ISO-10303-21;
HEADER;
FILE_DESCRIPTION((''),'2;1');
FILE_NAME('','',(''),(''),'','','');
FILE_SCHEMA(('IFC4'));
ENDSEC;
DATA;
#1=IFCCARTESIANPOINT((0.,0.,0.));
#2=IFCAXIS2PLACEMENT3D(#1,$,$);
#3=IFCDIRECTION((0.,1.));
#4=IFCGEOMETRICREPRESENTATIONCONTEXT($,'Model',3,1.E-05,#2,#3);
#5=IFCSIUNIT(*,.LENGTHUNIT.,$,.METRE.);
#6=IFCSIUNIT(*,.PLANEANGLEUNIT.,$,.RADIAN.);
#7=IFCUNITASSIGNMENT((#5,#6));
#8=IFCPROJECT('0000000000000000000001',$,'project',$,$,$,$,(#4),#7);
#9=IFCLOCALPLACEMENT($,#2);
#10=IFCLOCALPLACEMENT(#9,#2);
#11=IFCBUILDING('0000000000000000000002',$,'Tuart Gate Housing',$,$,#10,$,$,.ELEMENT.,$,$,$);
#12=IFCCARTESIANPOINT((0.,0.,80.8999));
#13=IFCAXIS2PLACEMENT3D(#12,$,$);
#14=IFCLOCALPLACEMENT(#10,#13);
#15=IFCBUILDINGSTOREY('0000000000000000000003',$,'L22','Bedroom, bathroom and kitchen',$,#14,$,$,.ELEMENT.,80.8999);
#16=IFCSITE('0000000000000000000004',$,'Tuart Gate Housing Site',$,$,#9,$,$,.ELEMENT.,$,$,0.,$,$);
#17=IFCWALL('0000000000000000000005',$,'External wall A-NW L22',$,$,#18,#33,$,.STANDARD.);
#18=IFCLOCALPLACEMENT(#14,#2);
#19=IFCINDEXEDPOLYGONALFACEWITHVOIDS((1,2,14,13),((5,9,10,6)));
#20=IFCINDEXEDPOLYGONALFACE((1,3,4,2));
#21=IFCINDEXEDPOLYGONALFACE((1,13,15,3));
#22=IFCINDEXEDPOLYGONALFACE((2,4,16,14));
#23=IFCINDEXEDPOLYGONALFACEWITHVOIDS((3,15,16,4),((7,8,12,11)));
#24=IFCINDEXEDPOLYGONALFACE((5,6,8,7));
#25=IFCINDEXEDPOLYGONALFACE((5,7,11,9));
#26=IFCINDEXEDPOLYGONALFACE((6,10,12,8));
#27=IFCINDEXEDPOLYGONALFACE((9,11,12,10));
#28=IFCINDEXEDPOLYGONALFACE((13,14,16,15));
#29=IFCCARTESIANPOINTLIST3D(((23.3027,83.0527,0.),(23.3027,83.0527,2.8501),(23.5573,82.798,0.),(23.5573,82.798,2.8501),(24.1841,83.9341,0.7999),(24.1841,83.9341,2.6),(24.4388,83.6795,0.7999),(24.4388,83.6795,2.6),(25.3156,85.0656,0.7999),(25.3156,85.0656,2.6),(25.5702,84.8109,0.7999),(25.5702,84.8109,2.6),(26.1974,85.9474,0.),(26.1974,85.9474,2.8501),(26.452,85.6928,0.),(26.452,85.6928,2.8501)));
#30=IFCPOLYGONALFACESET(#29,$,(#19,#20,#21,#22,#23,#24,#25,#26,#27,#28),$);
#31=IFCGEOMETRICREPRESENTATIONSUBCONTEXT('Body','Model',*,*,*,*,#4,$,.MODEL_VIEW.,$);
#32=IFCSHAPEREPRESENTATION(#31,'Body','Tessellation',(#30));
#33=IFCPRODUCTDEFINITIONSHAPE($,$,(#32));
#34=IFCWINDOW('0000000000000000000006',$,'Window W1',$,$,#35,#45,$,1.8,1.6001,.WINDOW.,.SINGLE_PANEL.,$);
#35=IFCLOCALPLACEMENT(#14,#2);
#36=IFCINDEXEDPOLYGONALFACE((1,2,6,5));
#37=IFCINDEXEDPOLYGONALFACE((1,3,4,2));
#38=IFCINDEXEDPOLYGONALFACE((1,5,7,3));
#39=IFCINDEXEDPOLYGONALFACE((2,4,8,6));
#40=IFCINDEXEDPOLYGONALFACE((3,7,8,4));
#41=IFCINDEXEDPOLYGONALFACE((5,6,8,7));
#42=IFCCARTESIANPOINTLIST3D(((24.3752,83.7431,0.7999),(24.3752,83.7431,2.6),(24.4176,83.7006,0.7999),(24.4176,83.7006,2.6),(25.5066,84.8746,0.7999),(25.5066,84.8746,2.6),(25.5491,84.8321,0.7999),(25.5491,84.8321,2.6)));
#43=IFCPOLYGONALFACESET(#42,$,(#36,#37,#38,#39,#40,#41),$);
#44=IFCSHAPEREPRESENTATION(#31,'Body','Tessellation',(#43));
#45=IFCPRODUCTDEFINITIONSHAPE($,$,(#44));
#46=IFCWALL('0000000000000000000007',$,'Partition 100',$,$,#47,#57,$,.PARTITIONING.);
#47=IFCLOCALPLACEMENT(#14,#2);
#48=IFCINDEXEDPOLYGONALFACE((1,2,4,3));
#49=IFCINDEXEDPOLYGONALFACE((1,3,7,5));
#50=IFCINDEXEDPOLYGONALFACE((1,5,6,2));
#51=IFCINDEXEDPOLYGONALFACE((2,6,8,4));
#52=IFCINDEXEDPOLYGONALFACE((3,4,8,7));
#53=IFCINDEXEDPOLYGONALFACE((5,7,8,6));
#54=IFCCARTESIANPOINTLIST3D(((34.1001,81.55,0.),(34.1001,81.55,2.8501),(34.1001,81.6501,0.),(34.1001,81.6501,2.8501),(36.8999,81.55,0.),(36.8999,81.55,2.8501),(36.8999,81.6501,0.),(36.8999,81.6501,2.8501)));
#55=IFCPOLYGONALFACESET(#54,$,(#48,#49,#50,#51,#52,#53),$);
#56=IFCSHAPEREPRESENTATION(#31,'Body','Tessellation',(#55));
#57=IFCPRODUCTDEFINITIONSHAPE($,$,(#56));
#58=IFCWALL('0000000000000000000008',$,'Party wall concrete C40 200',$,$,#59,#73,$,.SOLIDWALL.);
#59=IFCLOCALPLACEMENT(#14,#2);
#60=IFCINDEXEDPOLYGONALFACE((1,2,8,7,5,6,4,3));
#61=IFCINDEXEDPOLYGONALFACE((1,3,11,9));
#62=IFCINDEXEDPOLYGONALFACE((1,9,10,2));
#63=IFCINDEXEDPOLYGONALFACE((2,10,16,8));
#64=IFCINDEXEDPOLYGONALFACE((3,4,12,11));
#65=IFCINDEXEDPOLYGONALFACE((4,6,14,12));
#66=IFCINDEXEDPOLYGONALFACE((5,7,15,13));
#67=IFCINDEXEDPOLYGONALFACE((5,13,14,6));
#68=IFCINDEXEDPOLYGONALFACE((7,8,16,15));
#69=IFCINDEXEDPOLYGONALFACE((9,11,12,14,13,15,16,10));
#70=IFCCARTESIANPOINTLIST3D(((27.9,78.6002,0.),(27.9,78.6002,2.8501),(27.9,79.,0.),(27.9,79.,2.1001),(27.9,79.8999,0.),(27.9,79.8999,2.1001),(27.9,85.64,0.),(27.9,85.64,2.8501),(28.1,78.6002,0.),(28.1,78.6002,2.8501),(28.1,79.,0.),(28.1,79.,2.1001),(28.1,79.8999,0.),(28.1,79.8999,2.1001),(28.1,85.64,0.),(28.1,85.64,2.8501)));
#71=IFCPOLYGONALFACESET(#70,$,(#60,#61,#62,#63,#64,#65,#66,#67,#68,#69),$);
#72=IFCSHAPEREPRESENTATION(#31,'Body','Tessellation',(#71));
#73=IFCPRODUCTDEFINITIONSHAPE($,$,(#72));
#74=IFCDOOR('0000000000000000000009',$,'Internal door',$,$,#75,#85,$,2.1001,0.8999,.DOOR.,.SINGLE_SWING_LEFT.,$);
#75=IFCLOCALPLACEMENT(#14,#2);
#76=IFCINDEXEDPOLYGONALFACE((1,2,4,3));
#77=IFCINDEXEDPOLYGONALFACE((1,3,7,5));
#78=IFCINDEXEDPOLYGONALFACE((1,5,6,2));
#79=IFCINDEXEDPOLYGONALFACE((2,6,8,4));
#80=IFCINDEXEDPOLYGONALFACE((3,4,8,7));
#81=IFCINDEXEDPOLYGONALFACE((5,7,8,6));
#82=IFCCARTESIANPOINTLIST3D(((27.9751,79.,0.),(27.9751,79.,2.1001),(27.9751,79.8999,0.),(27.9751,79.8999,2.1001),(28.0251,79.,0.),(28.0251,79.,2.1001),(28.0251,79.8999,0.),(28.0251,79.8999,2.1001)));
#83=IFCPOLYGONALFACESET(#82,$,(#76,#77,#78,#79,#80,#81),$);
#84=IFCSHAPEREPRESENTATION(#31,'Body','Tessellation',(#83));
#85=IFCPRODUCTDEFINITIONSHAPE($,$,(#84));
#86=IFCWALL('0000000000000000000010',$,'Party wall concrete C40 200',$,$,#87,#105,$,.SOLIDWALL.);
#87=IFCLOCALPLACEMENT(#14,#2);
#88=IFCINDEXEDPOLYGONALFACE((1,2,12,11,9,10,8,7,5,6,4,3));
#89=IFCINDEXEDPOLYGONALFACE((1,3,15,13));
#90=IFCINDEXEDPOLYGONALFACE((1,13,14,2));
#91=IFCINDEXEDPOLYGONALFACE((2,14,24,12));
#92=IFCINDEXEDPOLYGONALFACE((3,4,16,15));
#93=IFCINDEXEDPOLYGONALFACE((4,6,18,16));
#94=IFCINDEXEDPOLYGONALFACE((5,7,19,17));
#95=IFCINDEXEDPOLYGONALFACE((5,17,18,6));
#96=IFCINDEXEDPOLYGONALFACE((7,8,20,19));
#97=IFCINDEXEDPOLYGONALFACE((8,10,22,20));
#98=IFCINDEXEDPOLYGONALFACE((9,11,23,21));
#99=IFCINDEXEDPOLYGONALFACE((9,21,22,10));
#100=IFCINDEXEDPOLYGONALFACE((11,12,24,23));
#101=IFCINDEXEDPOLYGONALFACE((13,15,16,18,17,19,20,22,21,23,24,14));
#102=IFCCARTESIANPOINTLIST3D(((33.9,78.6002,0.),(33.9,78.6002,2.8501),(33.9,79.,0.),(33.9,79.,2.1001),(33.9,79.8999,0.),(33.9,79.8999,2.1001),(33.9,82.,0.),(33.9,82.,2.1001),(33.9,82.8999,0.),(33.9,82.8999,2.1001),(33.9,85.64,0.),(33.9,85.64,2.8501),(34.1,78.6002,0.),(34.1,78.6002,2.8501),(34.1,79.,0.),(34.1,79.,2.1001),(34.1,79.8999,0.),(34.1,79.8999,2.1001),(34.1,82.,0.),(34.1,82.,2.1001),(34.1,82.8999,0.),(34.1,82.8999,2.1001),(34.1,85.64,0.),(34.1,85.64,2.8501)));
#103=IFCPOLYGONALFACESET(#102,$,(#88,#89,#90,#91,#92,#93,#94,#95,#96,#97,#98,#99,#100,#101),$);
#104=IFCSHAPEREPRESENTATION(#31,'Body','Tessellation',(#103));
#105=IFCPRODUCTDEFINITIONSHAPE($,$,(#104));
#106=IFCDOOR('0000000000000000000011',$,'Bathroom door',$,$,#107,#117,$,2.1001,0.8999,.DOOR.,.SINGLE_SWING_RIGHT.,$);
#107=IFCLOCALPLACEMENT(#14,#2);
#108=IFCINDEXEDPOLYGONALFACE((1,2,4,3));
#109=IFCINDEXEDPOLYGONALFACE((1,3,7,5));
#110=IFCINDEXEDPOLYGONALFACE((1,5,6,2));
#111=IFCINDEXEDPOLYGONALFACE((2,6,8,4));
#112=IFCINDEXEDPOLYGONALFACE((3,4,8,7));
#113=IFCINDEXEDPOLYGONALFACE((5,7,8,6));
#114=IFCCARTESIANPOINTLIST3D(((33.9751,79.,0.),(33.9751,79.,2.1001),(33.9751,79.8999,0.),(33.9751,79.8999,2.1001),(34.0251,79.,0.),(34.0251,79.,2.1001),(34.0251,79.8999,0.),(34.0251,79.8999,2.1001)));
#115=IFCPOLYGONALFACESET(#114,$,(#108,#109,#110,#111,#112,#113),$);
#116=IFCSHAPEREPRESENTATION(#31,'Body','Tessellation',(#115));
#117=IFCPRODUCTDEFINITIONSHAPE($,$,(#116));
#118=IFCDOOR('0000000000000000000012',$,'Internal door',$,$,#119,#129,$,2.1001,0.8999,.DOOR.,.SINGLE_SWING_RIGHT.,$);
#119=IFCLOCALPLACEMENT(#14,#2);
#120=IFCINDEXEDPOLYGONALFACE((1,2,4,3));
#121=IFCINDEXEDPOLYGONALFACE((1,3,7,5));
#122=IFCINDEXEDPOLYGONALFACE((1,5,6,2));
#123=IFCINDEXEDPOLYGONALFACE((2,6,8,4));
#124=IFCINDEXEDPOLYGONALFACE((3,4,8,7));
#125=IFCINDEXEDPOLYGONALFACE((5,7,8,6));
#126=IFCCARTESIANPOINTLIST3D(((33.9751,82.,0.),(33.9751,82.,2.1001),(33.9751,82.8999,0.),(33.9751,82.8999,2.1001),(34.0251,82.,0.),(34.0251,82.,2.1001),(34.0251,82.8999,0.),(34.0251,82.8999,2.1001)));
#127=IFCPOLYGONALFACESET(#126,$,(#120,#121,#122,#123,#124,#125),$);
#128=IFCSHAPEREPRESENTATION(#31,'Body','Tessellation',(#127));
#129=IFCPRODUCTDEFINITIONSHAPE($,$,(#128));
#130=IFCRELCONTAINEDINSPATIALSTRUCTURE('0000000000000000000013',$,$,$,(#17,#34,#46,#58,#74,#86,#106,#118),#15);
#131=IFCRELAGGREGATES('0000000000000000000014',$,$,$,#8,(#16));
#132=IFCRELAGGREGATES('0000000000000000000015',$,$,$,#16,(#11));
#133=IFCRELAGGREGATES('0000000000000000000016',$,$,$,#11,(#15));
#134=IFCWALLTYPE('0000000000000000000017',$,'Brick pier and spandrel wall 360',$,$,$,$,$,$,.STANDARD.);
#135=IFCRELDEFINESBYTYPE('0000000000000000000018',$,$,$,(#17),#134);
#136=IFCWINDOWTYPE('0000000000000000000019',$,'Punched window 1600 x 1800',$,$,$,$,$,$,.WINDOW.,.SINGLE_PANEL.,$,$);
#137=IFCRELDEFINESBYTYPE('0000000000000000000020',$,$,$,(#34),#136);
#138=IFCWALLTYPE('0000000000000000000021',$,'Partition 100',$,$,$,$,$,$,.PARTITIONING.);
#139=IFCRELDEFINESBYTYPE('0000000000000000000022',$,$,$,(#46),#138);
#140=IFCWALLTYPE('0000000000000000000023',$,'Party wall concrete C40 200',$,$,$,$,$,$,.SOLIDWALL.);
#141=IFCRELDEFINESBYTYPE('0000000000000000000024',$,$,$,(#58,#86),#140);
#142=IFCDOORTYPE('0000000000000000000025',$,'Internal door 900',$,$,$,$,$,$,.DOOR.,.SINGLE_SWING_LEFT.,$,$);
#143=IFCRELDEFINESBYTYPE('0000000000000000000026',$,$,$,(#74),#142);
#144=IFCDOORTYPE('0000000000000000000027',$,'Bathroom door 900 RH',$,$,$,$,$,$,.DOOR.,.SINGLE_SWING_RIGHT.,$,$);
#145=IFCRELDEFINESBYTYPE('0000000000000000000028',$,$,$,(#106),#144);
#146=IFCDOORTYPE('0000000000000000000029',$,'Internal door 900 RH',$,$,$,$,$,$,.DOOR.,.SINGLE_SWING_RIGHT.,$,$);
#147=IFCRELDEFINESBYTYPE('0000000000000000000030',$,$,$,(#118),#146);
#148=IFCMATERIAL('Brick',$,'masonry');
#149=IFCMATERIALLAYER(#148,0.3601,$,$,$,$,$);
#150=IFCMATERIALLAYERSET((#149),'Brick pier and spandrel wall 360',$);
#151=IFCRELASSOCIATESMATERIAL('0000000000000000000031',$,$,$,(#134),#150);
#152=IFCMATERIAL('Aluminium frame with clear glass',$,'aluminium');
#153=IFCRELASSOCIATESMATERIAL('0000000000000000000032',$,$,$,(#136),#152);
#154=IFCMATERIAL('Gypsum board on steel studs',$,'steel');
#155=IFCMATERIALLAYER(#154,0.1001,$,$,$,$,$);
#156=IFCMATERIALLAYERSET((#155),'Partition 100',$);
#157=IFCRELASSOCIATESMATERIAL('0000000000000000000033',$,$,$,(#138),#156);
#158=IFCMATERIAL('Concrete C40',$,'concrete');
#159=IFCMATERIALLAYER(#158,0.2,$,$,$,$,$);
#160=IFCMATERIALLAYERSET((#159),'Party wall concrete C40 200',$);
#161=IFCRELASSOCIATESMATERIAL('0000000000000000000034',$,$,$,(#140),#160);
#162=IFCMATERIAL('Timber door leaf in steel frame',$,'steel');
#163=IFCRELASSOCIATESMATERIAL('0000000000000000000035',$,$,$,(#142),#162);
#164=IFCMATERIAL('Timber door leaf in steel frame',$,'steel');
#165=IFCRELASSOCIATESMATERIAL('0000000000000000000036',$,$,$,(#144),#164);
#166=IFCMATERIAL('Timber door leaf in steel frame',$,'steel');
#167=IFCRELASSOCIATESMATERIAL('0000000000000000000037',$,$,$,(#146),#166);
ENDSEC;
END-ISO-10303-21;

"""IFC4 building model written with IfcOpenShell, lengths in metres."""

from ifc_helpers import new_model, si_unit, direction, frame, frame_2d, origin, place, context, subcontext, project, spatial, rectangle, extrude, material, layer, layer_set, type_object, element, fill, save


model = new_model("IFC4")

# Units and contexts
model_context = context("Model", 3, precision=1e-05, world=origin(), true_north=direction((0.0, 1.0)))
body_context = subcontext(model_context, "Body", "Model", "MODEL_VIEW")
ifc_project = project(units=[si_unit("LENGTHUNIT", "METRE"), si_unit("PLANEANGLEUNIT", "RADIAN")], contexts=[model_context])

# Site, building, storey
site_placement = place(None, origin())
site = spatial("IfcSite", under=ifc_project, at=site_placement, Name="Tuart Gate Housing Site", CompositionType="ELEMENT", RefElevation=0.0)
building_placement = place(site_placement, origin())
building = spatial("IfcBuilding", under=site, at=building_placement, Name="Tuart Gate Housing", CompositionType="ELEMENT")
storey_placement = place(building_placement, frame((0.0, 0.0, 80.8999)))
storey = spatial("IfcBuildingStorey", under=building, at=storey_placement, Name="L22", Description="Bedroom, bathroom and kitchen", CompositionType="ELEMENT", Elevation=80.8999)

# Wall, opening, window
ifc_material_1 = material(Name="Brick", Category="masonry")
ifc_layer_1 = layer(ifc_material_1, 0.3601)
ifc_layer_set_1 = layer_set([ifc_layer_1], Name="Brick pier and spandrel wall 360")
wall_type_1 = type_object("IfcWallType", Name="Brick pier and spandrel wall 360", PredefinedType="STANDARD", material=ifc_layer_set_1)
wall_1_placement = place(storey_placement, frame((26.3247, 85.8201, 0.0), z_axis=(0.0, 0.0, 1.0), x_axis=(-0.707107, -0.707107, 0.0)))
wall_1 = element("IfcWall", 1, at=wall_1_placement, inside=storey, type_object=wall_type_1, Name="External wall A-NW L22", PredefinedType="STANDARD", context=body_context, shape_type="SweptSolid", body=[
    extrude(rectangle(XDim=4.0938, YDim=0.3601, at=frame_2d((2.0469, 0.0))), origin(), (0.0, 0.0, 1.0), 2.8501),
])
opening_1_placement = place(wall_1_placement, frame((1.2471, 0.0, 0.8)))
opening_1 = element("IfcOpeningElement", 2, at=opening_1_placement, cuts=wall_1, PredefinedType="OPENING", context=body_context, shape_type="SweptSolid", body=[
    extrude(rectangle(XDim=1.6001, YDim=1.8, at=frame_2d((0.8, 0.8999))), frame((0.0, 0.1899, 0.0), z_axis=(0.0, -1.0, 0.0), x_axis=(1.0, 0.0, 0.0)), (0.0, 0.0, 1.0), 0.3801),
])
ifc_material_2 = material(Name="Aluminium frame with clear glass", Category="aluminium")
window_type = type_object("IfcWindowType", Name="Punched window 1600 x 1800", PartitioningType="SINGLE_PANEL", PredefinedType="WINDOW", material=ifc_material_2)
window_placement = place(opening_1_placement, origin())
window = element("IfcWindow", 3, at=window_placement, inside=storey, type_object=window_type, Name="Window W1", OverallHeight=1.8, OverallWidth=1.6001, PartitioningType="SINGLE_PANEL", PredefinedType="WINDOW", context=body_context, shape_type="SweptSolid", body=[
    extrude(rectangle(XDim=1.6001, YDim=1.8, at=frame_2d((0.8, 0.8999))), frame((0.0, 0.1501, 0.0), z_axis=(0.0, -1.0, 0.0), x_axis=(1.0, 0.0, 0.0)), (0.0, 0.0, 1.0), 0.0601),
])
fill(opening_1, window)

# Wall
ifc_material_3 = material(Name="Gypsum board on steel studs", Category="steel")
ifc_layer_2 = layer(ifc_material_3, 0.1001)
ifc_layer_set_2 = layer_set([ifc_layer_2], Name="Partition 100")
wall_type_2 = type_object("IfcWallType", Name="Partition 100", PredefinedType="PARTITIONING", material=ifc_layer_set_2)
wall_2_placement = place(storey_placement, frame((34.1001, 81.6001, 0.0), z_axis=(0.0, 0.0, 1.0), x_axis=(1.0, 0.0, 0.0)))
element("IfcWall", 4, at=wall_2_placement, inside=storey, type_object=wall_type_2, Name="Partition 100", PredefinedType="PARTITIONING", context=body_context, shape_type="SweptSolid", body=[
    extrude(rectangle(XDim=2.7998, YDim=0.1001, at=frame_2d((1.3999, 0.0))), origin(), (0.0, 0.0, 1.0), 2.8501),
])

# Wall, opening, door
ifc_material_4 = material(Name="Concrete C40", Category="concrete")
ifc_layer_3 = layer(ifc_material_4, 0.2)
ifc_layer_set_3 = layer_set([ifc_layer_3], Name="Party wall concrete C40 200")
wall_type_3 = type_object("IfcWallType", Name="Party wall concrete C40 200", PredefinedType="SOLIDWALL", material=ifc_layer_set_3)
wall_3_placement = place(storey_placement, frame((28.0, 78.6001, 0.0), z_axis=(0.0, 0.0, 1.0), x_axis=(0.0, 1.0, 0.0)))
wall_3 = element("IfcWall", 5, at=wall_3_placement, inside=storey, type_object=wall_type_3, Name="Party wall concrete C40 200", PredefinedType="SOLIDWALL", context=body_context, shape_type="SweptSolid", body=[
    extrude(rectangle(XDim=7.0398, YDim=0.2, at=frame_2d((3.52, 0.0))), origin(), (0.0, 0.0, 1.0), 2.8501),
])
opening_2_placement = place(wall_3_placement, frame((0.3999, 0.0, 0.0)))
opening_2 = element("IfcOpeningElement", 6, at=opening_2_placement, cuts=wall_3, PredefinedType="OPENING", context=body_context, shape_type="SweptSolid", body=[
    extrude(rectangle(XDim=0.8999, YDim=2.1001, at=frame_2d((0.45, 1.05))), frame((0.0, 0.1099, 0.0), z_axis=(0.0, -1.0, 0.0), x_axis=(1.0, 0.0, 0.0)), (0.0, 0.0, 1.0), 0.22),
])
ifc_material_5 = material(Name="Timber door leaf in steel frame", Category="steel")
door_type_1 = type_object("IfcDoorType", Name="Internal door 900", OperationType="SINGLE_SWING_LEFT", PredefinedType="DOOR", material=ifc_material_5)
door_1_placement = place(opening_2_placement, origin())
door_1 = element("IfcDoor", 7, at=door_1_placement, inside=storey, type_object=door_type_1, Name="Internal door", OperationType="SINGLE_SWING_LEFT", OverallHeight=2.1001, OverallWidth=0.8999, PredefinedType="DOOR", context=body_context, shape_type="SweptSolid", body=[
    extrude(rectangle(XDim=0.8999, YDim=2.1001, at=frame_2d((0.45, 1.05))), frame((0.0, 0.0249, 0.0), z_axis=(0.0, -1.0, 0.0), x_axis=(1.0, 0.0, 0.0)), (0.0, 0.0, 1.0), 0.05),
])
fill(opening_2, door_1)

# Wall, openings, doors
wall_4_placement = place(storey_placement, frame((34.0, 78.6001, 0.0), z_axis=(0.0, 0.0, 1.0), x_axis=(0.0, 1.0, 0.0)))
wall_4 = element("IfcWall", 8, at=wall_4_placement, inside=storey, type_object=wall_type_3, Name="Party wall concrete C40 200", PredefinedType="SOLIDWALL", context=body_context, shape_type="SweptSolid", body=[
    extrude(rectangle(XDim=7.0398, YDim=0.2, at=frame_2d((3.52, 0.0))), origin(), (0.0, 0.0, 1.0), 2.8501),
])
opening_3_placement = place(wall_4_placement, frame((3.3999, 0.0, 0.0)))
opening_3 = element("IfcOpeningElement", 9, at=opening_3_placement, cuts=wall_4, PredefinedType="OPENING", context=body_context, shape_type="SweptSolid", body=[
    extrude(rectangle(XDim=0.8999, YDim=2.1001, at=frame_2d((0.45, 1.05))), frame((0.0, 0.1099, 0.0), z_axis=(0.0, -1.0, 0.0), x_axis=(1.0, 0.0, 0.0)), (0.0, 0.0, 1.0), 0.22),
])
opening_4_placement = place(wall_4_placement, frame((0.3999, 0.0, 0.0)))
opening_4 = element("IfcOpeningElement", 10, at=opening_4_placement, cuts=wall_4, PredefinedType="OPENING", context=body_context, shape_type="SweptSolid", body=[
    extrude(rectangle(XDim=0.8999, YDim=2.1001, at=frame_2d((0.45, 1.05))), frame((0.0, 0.1099, 0.0), z_axis=(0.0, -1.0, 0.0), x_axis=(1.0, 0.0, 0.0)), (0.0, 0.0, 1.0), 0.22),
])
ifc_material_6 = material(Name="Timber door leaf in steel frame", Category="steel")
door_type_2 = type_object("IfcDoorType", Name="Bathroom door 900 RH", OperationType="SINGLE_SWING_RIGHT", PredefinedType="DOOR", material=ifc_material_6)
door_2_placement = place(opening_4_placement, frame((0.8999, 0.0, 0.0), z_axis=(0.0, 0.0, 1.0), x_axis=(-1.0, 0.0, 0.0)))
door_2 = element("IfcDoor", 11, at=door_2_placement, inside=storey, type_object=door_type_2, Name="Bathroom door", OperationType="SINGLE_SWING_RIGHT", OverallHeight=2.1001, OverallWidth=0.8999, PredefinedType="DOOR", context=body_context, shape_type="SweptSolid", body=[
    extrude(rectangle(XDim=0.8999, YDim=2.1001, at=frame_2d((0.45, 1.05))), frame((0.0, 0.0251, 0.0), z_axis=(0.0, -1.0, 0.0), x_axis=(1.0, 0.0, 0.0)), (0.0, 0.0, 1.0), 0.05),
])
fill(opening_4, door_2)
ifc_material_7 = material(Name="Timber door leaf in steel frame", Category="steel")
door_type_3 = type_object("IfcDoorType", Name="Internal door 900 RH", OperationType="SINGLE_SWING_RIGHT", PredefinedType="DOOR", material=ifc_material_7)
door_3_placement = place(opening_3_placement, frame((0.8999, 0.0, 0.0), z_axis=(0.0, 0.0, 1.0), x_axis=(-1.0, 0.0, 0.0)))
door_3 = element("IfcDoor", 12, at=door_3_placement, inside=storey, type_object=door_type_3, Name="Internal door", OperationType="SINGLE_SWING_RIGHT", OverallHeight=2.1001, OverallWidth=0.8999, PredefinedType="DOOR", context=body_context, shape_type="SweptSolid", body=[
    extrude(rectangle(XDim=0.8999, YDim=2.1001, at=frame_2d((0.45, 1.05))), frame((0.0, 0.0251, 0.0), z_axis=(0.0, -1.0, 0.0), x_axis=(1.0, 0.0, 0.0)), (0.0, 0.0, 1.0), 0.05),
])
fill(opening_3, door_3)

save(model, "model.ifc")
